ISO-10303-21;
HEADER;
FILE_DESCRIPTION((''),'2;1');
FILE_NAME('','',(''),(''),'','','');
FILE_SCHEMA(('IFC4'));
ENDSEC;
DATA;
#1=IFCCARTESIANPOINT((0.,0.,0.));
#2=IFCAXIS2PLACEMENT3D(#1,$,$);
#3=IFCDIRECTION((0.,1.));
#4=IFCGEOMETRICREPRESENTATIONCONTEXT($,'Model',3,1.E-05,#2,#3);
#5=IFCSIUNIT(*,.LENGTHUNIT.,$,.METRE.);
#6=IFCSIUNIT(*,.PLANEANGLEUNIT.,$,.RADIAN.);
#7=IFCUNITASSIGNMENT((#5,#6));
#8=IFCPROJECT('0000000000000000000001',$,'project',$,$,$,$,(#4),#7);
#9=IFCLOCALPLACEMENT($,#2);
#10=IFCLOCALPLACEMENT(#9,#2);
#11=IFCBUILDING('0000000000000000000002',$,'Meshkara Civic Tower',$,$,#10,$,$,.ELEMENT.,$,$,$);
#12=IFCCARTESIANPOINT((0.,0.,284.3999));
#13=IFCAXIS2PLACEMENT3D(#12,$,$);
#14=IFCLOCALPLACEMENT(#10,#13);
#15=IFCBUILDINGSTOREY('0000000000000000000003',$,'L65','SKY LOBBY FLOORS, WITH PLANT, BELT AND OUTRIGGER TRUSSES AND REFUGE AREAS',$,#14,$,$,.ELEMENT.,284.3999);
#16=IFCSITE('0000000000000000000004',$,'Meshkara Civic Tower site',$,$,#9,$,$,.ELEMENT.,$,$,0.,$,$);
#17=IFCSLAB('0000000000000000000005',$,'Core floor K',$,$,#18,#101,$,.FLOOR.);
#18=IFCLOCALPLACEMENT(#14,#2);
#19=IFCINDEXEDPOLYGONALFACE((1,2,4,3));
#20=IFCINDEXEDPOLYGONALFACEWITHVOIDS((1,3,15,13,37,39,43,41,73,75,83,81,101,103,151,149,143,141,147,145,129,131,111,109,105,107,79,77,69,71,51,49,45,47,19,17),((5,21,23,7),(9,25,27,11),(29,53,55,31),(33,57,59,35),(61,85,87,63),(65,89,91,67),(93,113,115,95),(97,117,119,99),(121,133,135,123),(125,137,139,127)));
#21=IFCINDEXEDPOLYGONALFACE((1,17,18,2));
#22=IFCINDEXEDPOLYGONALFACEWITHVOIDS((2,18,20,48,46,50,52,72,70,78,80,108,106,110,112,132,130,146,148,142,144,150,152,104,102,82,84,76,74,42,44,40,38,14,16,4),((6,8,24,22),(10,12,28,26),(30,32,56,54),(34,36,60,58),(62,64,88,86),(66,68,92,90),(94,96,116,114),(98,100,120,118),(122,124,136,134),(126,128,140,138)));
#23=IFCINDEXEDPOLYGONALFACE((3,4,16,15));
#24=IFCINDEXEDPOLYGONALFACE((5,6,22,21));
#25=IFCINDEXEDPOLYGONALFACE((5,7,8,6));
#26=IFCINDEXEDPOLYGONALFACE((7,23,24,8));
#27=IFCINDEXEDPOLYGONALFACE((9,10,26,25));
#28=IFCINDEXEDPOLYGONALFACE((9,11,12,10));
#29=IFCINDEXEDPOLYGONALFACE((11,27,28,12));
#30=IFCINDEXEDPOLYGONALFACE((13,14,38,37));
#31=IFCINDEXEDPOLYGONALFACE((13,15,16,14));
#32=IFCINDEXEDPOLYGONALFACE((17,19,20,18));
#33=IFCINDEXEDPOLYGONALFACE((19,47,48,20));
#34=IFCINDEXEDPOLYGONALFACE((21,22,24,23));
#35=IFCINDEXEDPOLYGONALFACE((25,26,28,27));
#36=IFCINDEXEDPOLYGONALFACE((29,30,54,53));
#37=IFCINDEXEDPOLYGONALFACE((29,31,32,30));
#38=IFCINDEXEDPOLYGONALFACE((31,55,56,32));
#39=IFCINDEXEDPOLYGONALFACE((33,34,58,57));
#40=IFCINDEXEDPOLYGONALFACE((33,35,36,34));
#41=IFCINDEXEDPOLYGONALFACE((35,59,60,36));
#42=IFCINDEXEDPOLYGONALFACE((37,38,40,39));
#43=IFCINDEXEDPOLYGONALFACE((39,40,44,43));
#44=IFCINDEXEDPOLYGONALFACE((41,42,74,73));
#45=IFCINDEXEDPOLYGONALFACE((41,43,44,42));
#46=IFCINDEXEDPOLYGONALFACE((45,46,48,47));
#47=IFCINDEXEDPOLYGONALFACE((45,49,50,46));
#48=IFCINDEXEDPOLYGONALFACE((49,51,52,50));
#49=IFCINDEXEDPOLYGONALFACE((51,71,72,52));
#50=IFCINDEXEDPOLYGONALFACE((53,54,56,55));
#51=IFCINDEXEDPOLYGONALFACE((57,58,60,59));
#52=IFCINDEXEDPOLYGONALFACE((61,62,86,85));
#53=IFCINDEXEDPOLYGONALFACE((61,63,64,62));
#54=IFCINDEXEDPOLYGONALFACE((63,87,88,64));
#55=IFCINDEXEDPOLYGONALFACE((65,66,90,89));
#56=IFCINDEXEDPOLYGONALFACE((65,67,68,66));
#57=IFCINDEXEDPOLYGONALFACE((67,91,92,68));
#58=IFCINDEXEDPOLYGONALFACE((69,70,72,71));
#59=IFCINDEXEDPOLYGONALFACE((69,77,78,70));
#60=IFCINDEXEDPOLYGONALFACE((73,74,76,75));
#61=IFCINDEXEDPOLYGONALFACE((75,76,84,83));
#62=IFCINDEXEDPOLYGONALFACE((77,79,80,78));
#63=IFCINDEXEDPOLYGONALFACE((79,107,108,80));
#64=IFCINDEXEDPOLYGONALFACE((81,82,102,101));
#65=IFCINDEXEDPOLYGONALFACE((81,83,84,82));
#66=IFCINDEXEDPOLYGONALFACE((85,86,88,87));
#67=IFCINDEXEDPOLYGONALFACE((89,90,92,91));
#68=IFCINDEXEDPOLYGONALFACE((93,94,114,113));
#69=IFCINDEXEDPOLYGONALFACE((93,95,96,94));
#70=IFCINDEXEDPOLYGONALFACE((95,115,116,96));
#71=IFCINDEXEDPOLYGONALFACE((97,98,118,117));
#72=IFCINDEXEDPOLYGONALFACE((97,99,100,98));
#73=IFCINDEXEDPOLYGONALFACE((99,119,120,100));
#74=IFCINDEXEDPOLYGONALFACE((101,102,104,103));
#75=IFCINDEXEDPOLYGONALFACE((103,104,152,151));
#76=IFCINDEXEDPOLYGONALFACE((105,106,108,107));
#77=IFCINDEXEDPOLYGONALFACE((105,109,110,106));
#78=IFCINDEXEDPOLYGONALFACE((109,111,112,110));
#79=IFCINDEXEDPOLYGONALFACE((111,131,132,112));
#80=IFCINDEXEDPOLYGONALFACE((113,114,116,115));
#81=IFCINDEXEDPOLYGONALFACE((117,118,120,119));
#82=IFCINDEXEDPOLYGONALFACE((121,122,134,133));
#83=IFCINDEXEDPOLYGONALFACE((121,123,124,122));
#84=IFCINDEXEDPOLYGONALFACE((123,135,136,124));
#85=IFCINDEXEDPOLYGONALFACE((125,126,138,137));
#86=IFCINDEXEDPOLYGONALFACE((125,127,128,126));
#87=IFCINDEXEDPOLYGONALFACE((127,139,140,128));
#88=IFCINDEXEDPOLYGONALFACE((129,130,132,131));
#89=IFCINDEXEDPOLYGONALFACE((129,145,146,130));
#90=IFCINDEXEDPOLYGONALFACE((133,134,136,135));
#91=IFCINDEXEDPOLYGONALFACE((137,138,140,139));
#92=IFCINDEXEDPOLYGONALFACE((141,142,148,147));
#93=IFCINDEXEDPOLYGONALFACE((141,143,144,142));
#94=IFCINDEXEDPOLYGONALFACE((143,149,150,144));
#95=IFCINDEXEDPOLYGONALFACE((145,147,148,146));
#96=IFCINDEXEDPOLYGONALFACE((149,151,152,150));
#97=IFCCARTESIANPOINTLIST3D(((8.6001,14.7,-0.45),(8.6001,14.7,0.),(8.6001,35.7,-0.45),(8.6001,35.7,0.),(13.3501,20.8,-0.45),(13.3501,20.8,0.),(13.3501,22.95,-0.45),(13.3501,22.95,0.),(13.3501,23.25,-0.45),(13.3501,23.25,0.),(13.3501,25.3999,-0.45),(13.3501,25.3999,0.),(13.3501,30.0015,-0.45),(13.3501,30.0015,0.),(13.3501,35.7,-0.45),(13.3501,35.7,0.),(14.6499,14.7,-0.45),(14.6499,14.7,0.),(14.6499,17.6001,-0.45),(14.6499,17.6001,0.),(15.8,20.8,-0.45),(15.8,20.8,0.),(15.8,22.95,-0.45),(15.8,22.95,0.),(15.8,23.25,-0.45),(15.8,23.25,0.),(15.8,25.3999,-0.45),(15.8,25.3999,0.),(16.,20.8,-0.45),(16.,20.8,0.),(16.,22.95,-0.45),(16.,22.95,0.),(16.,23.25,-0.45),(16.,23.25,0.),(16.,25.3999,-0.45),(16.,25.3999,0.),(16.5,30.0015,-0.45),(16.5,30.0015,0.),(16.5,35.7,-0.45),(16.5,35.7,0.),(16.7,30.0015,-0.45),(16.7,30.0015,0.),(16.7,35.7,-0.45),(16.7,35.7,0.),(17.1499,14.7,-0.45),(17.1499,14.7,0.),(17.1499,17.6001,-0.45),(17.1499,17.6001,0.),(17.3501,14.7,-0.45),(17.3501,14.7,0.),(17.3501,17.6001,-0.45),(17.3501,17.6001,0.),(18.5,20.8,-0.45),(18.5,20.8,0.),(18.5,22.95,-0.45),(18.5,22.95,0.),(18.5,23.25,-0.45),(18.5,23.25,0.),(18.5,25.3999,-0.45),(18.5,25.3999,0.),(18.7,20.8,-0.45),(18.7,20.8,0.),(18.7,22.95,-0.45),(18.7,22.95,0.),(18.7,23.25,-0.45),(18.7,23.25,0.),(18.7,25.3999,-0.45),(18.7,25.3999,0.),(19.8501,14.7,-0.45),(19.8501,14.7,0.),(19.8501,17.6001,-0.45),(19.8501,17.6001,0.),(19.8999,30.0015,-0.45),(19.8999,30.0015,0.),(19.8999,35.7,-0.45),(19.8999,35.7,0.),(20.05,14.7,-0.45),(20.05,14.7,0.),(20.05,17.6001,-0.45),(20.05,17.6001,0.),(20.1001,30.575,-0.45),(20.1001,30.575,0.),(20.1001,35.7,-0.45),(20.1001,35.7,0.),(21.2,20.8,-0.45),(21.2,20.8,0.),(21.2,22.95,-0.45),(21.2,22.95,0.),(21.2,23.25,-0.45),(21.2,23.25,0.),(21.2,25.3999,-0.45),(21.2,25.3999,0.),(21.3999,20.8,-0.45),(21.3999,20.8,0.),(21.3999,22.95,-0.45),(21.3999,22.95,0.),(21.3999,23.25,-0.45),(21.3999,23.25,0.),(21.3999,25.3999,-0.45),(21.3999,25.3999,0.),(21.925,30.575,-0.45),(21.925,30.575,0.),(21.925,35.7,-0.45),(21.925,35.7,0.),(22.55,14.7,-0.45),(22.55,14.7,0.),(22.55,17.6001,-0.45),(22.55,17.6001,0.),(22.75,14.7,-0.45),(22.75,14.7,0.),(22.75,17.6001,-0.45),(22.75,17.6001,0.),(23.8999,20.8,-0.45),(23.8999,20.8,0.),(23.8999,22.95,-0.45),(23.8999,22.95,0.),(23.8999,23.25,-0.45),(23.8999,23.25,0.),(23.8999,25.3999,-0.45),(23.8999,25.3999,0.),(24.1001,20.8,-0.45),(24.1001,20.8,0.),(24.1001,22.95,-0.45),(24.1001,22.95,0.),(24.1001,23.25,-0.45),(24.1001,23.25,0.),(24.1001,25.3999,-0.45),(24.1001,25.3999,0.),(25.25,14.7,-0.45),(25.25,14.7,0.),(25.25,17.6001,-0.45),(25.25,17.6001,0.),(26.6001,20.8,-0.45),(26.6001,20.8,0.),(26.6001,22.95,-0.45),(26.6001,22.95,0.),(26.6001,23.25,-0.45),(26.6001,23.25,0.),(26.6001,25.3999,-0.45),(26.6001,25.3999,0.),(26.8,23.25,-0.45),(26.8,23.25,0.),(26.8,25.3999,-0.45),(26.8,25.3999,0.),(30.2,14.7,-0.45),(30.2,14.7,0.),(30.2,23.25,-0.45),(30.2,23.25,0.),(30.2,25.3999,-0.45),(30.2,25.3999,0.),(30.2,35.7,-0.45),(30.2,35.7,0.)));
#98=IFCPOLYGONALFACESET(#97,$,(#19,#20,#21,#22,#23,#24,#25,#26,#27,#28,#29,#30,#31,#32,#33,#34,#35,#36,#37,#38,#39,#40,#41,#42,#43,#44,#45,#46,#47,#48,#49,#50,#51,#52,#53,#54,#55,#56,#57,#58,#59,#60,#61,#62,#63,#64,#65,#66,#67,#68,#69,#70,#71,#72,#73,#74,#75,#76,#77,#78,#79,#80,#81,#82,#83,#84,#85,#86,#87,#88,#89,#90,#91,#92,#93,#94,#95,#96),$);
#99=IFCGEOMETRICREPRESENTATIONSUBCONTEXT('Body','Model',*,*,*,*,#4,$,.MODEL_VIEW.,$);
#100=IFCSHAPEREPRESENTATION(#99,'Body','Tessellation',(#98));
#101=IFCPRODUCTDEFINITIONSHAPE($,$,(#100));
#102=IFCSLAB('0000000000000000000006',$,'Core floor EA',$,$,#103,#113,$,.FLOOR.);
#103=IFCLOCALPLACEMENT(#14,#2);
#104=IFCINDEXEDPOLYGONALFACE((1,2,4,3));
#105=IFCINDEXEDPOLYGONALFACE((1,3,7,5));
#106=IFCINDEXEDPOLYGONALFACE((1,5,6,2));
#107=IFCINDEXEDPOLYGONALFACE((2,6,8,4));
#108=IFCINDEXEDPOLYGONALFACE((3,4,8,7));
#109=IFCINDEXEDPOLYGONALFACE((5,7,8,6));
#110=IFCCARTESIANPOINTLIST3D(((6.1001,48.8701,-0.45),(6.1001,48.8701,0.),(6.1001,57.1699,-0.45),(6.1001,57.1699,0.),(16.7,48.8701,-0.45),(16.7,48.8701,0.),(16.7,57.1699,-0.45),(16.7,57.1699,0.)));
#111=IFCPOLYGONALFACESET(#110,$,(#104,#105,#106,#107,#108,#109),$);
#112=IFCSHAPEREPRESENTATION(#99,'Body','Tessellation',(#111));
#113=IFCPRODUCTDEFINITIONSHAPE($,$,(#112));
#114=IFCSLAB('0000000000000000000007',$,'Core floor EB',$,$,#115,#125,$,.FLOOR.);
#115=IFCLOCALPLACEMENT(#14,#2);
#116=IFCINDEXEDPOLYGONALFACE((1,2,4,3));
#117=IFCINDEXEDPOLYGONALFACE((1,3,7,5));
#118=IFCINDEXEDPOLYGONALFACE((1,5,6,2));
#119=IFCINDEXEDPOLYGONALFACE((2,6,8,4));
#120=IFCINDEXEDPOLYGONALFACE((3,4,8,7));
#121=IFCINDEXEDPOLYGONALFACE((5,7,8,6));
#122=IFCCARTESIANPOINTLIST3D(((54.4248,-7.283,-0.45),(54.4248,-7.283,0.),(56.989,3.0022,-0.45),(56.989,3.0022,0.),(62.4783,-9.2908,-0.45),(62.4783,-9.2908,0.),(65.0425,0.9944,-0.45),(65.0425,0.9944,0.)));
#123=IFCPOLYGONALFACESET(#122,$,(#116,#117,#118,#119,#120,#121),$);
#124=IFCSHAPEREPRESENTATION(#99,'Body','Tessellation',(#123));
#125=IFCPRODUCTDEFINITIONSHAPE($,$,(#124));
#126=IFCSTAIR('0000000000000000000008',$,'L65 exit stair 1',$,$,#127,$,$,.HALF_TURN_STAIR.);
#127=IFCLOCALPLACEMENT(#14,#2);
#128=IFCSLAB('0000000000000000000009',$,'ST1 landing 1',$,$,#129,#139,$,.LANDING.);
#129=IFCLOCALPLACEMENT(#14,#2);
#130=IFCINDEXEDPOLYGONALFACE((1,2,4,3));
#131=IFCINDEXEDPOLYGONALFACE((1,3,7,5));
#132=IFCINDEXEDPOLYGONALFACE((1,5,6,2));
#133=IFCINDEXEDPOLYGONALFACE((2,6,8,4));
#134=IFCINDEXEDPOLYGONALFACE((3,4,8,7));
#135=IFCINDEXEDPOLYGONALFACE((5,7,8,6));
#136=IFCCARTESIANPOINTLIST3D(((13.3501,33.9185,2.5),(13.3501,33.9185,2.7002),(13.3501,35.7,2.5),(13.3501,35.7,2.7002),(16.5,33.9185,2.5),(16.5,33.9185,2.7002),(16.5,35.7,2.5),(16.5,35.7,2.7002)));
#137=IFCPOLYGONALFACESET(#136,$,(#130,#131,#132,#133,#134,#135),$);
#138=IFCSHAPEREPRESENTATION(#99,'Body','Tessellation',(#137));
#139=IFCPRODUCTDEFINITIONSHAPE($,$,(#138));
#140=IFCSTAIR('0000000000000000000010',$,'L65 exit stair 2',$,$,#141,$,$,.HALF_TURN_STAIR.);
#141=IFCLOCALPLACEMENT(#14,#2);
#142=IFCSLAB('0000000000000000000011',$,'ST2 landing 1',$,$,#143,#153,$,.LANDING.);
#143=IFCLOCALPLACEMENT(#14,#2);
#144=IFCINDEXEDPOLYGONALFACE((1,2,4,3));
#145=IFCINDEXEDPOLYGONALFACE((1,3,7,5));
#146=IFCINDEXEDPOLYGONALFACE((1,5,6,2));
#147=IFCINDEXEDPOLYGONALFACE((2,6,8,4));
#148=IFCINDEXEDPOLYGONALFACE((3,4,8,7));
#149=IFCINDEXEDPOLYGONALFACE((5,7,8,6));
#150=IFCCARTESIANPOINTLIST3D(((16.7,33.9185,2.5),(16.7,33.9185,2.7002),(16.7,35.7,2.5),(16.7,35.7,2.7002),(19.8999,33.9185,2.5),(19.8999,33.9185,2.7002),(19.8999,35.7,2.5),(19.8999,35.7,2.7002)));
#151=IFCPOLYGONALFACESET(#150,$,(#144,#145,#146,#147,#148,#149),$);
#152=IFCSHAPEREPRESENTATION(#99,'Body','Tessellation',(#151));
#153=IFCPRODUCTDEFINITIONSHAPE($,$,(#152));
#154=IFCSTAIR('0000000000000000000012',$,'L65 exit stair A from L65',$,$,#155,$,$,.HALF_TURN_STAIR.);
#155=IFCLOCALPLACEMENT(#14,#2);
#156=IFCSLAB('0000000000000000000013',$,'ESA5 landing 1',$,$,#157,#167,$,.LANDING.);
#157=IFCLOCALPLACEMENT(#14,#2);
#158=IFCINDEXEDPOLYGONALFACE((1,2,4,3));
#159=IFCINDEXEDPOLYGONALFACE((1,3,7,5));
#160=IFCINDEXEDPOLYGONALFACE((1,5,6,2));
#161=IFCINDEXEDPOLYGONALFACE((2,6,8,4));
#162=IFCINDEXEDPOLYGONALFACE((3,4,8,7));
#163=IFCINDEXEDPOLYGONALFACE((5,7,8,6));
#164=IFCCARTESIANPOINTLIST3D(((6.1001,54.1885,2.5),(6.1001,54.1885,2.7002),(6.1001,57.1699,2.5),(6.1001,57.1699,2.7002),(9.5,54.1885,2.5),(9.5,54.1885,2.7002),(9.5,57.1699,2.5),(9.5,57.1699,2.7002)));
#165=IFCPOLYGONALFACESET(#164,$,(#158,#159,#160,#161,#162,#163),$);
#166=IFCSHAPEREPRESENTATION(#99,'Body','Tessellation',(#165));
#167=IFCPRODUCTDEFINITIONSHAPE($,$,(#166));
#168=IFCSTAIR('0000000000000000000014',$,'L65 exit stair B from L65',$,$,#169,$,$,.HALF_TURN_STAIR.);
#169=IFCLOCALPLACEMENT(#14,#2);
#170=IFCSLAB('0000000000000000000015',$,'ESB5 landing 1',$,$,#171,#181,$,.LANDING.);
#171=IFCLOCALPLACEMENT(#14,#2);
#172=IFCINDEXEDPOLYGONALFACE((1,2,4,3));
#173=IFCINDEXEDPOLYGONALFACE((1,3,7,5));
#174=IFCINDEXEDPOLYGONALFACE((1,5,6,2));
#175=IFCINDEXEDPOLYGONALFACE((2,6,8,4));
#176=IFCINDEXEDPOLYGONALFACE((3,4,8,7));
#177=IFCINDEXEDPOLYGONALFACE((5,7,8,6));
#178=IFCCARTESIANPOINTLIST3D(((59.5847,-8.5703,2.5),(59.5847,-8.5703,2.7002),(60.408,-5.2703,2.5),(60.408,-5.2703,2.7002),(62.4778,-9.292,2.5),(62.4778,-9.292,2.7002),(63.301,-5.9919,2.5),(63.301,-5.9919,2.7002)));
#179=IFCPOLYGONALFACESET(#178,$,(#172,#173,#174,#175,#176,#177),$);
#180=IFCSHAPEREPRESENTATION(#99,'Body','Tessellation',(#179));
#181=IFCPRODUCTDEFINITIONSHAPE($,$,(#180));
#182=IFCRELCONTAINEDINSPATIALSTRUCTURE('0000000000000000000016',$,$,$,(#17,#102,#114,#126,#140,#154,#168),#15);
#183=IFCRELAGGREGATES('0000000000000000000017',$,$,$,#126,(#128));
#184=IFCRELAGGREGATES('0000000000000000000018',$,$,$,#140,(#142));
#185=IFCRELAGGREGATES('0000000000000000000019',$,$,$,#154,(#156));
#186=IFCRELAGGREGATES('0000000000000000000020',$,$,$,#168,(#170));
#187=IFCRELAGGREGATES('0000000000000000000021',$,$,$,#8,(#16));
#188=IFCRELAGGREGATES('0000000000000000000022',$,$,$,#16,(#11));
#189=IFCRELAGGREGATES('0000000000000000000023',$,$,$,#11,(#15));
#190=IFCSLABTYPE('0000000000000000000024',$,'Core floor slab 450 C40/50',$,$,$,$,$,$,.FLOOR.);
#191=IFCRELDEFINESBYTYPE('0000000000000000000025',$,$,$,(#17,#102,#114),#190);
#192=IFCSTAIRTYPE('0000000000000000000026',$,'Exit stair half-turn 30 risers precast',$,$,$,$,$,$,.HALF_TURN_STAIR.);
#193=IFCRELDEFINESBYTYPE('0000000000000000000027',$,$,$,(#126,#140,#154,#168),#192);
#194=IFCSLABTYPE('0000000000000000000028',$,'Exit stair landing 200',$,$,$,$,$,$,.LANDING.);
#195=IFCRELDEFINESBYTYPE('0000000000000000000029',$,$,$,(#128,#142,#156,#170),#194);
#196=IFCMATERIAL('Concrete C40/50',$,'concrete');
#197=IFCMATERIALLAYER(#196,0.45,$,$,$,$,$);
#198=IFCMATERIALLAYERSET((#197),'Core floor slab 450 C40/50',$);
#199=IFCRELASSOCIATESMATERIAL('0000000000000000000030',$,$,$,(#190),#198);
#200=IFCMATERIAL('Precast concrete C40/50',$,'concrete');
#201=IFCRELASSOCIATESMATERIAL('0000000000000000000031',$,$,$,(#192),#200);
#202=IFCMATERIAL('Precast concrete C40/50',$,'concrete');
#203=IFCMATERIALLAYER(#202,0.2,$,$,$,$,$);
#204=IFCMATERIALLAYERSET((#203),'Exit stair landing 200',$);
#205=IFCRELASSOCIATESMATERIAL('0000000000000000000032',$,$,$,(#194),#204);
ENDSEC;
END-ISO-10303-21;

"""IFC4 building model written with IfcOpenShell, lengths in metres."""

from ifc_helpers import new_model, si_unit, direction, frame, origin, place, context, subcontext, project, spatial, polyline, outline, extrude, material, layer, layer_set, type_object, element, aggregate, save


model = new_model("IFC4")

# Units and contexts
model_context = context("Model", 3, precision=1e-05, world=origin(), true_north=direction((0.0, 1.0)))
body_context = subcontext(model_context, "Body", "Model", "MODEL_VIEW")
ifc_project = project(units=[si_unit("LENGTHUNIT", "METRE"), si_unit("PLANEANGLEUNIT", "RADIAN")], contexts=[model_context])

# Site, building, storey
site_placement = place(None, origin())
site = spatial("IfcSite", under=ifc_project, at=site_placement, Name="Meshkara Civic Tower site", CompositionType="ELEMENT", RefElevation=0.0)
building_placement = place(site_placement, origin())
building = spatial("IfcBuilding", under=site, at=building_placement, Name="Meshkara Civic Tower", CompositionType="ELEMENT")
storey_placement = place(building_placement, frame((0.0, 0.0, 284.3999)))
storey = spatial("IfcBuildingStorey", under=building, at=storey_placement, Name="L65", Description="SKY LOBBY FLOORS, WITH PLANT, BELT AND OUTRIGGER TRUSSES AND REFUGE AREAS", CompositionType="ELEMENT", Elevation=284.3999)

# Slabs
ifc_material_1 = material(Name="Concrete C40/50", Category="concrete")
ifc_layer_1 = layer(ifc_material_1, 0.45)
ifc_layer_set_1 = layer_set([ifc_layer_1], Name="Core floor slab 450 C40/50")
slab_type_1 = type_object("IfcSlabType", Name="Core floor slab 450 C40/50", PredefinedType="FLOOR", material=ifc_layer_set_1)
slab_1_placement = place(storey_placement, frame((0.0, 0.0, -0.45)))
element("IfcSlab", 1, at=slab_1_placement, inside=storey, type_object=slab_type_1, Name="Core floor K", PredefinedType="FLOOR", context=body_context, shape_type="SweptSolid", body=[
    extrude(outline(polyline([(8.6001, 35.7), (13.3501, 35.7), (13.3501, 30.0015), (16.5, 30.0015), (16.5, 35.7), (16.7, 35.7), (16.7, 30.0015), (19.8999, 30.0015), (19.8999, 35.7), (20.1001, 35.7), (20.1001, 30.575), (21.925, 30.575), (21.925, 35.7), (30.2, 35.7), (30.2, 25.3999), (26.8, 25.3999), (26.8, 23.25), (30.2, 23.25), (30.2, 14.7), (25.25, 14.7), (25.25, 17.6001), (22.75, 17.6001), (22.75, 14.7), (22.55, 14.7), (22.55, 17.6001), (20.05, 17.6001), (20.05, 14.7), (19.8501, 14.7), (19.8501, 17.6001), (17.3501, 17.6001), (17.3501, 14.7), (17.1499, 14.7), (17.1499, 17.6001), (14.6499, 17.6001), (14.6499, 14.7), (8.6001, 14.7), (8.6001, 35.7)]), holes=[polyline([(15.8, 20.8), (15.8, 22.95), (13.3501, 22.95), (13.3501, 20.8), (15.8, 20.8)]), polyline([(16.0, 22.95), (16.0, 20.8), (18.5, 20.8), (18.5, 22.95), (16.0, 22.95)]), polyline([(18.7, 22.95), (18.7, 20.8), (21.2, 20.8), (21.2, 22.95), (18.7, 22.95)]), polyline([(15.8, 23.25), (15.8, 25.3999), (13.3501, 25.3999), (13.3501, 23.25), (15.8, 23.25)]), polyline([(16.0, 25.3999), (16.0, 23.25), (18.5, 23.25), (18.5, 25.3999), (16.0, 25.3999)]), polyline([(21.3999, 20.8), (23.8999, 20.8), (23.8999, 22.95), (21.3999, 22.95), (21.3999, 20.8)]), polyline([(24.1001, 20.8), (26.6001, 20.8), (26.6001, 22.95), (24.1001, 22.95), (24.1001, 20.8)]), polyline([(18.7, 25.3999), (18.7, 23.25), (21.2, 23.25), (21.2, 25.3999), (18.7, 25.3999)]), polyline([(21.3999, 23.25), (23.8999, 23.25), (23.8999, 25.3999), (21.3999, 25.3999), (21.3999, 23.25)]), polyline([(26.6001, 23.25), (26.6001, 25.3999), (24.1001, 25.3999), (24.1001, 23.25), (26.6001, 23.25)])]), origin(), (0.0, 0.0, 1.0), 0.45),
])
slab_2_placement = place(storey_placement, frame((0.0, 0.0, -0.45)))
element("IfcSlab", 2, at=slab_2_placement, inside=storey, type_object=slab_type_1, Name="Core floor EA", PredefinedType="FLOOR", context=body_context, shape_type="SweptSolid", body=[
    extrude(outline(polyline([(6.1001, 48.8701), (16.7, 48.8701), (16.7, 57.1699), (6.1001, 57.1699), (6.1001, 48.8701)])), origin(), (0.0, 0.0, 1.0), 0.45),
])
slab_3_placement = place(storey_placement, frame((0.0, 0.0, -0.45)))
element("IfcSlab", 3, at=slab_3_placement, inside=storey, type_object=slab_type_1, Name="Core floor EB", PredefinedType="FLOOR", context=body_context, shape_type="SweptSolid", body=[
    extrude(outline(polyline([(54.4248, -7.283), (56.989, 3.0022), (65.0425, 0.9944), (62.4783, -9.2908), (54.4248, -7.283)])), origin(), (0.0, 0.0, 1.0), 0.45),
])

# Stairs, slabs
ifc_material_2 = material(Name="Precast concrete C40/50", Category="concrete")
stair_type = type_object("IfcStairType", Name="Exit stair half-turn 30 risers precast", PredefinedType="HALF_TURN_STAIR", material=ifc_material_2)
stair_1_placement = place(storey_placement, origin())
stair_1 = element("IfcStair", 4, at=stair_1_placement, inside=storey, type_object=stair_type, Name="L65 exit stair 1", PredefinedType="HALF_TURN_STAIR")
ifc_material_3 = material(Name="Precast concrete C40/50", Category="concrete")
ifc_layer_2 = layer(ifc_material_3, 0.2)
ifc_layer_set_2 = layer_set([ifc_layer_2], Name="Exit stair landing 200")
slab_type_2 = type_object("IfcSlabType", Name="Exit stair landing 200", PredefinedType="LANDING", material=ifc_layer_set_2)
slab_4_placement = place(storey_placement, frame((0.0, 0.0, 2.5)))
slab_4 = element("IfcSlab", 5, at=slab_4_placement, type_object=slab_type_2, Name="ST1 landing 1", PredefinedType="LANDING", context=body_context, shape_type="SweptSolid", body=[
    extrude(outline(polyline([(16.5, 33.9185), (16.5, 35.7), (13.3501, 35.7), (13.3501, 33.9185), (16.5, 33.9185)])), origin(), (0.0, 0.0, 1.0), 0.2002),
])
aggregate(stair_1, [slab_4])
stair_2_placement = place(storey_placement, origin())
stair_2 = element("IfcStair", 6, at=stair_2_placement, inside=storey, type_object=stair_type, Name="L65 exit stair 2", PredefinedType="HALF_TURN_STAIR")
slab_5_placement = place(storey_placement, frame((0.0, 0.0, 2.5)))
slab_5 = element("IfcSlab", 7, at=slab_5_placement, type_object=slab_type_2, Name="ST2 landing 1", PredefinedType="LANDING", context=body_context, shape_type="SweptSolid", body=[
    extrude(outline(polyline([(19.8999, 33.9185), (19.8999, 35.7), (16.7, 35.7), (16.7, 33.9185), (19.8999, 33.9185)])), origin(), (0.0, 0.0, 1.0), 0.2002),
])
aggregate(stair_2, [slab_5])
stair_3_placement = place(storey_placement, origin())
stair_3 = element("IfcStair", 8, at=stair_3_placement, inside=storey, type_object=stair_type, Name="L65 exit stair A from L65", PredefinedType="HALF_TURN_STAIR")
slab_6_placement = place(storey_placement, frame((0.0, 0.0, 2.5)))
slab_6 = element("IfcSlab", 9, at=slab_6_placement, type_object=slab_type_2, Name="ESA5 landing 1", PredefinedType="LANDING", context=body_context, shape_type="SweptSolid", body=[
    extrude(outline(polyline([(9.5, 54.1885), (9.5, 57.1699), (6.1001, 57.1699), (6.1001, 54.1885), (9.5, 54.1885)])), origin(), (0.0, 0.0, 1.0), 0.2002),
])
aggregate(stair_3, [slab_6])
stair_4_placement = place(storey_placement, origin())
stair_4 = element("IfcStair", 10, at=stair_4_placement, inside=storey, type_object=stair_type, Name="L65 exit stair B from L65", PredefinedType="HALF_TURN_STAIR")
slab_7_placement = place(storey_placement, frame((0.0, 0.0, 2.5)))
slab_7 = element("IfcSlab", 11, at=slab_7_placement, type_object=slab_type_2, Name="ESB5 landing 1", PredefinedType="LANDING", context=body_context, shape_type="SweptSolid", body=[
    extrude(outline(polyline([(59.5847, -8.5703), (62.4778, -9.292), (63.301, -5.9919), (60.408, -5.2703), (59.5847, -8.5703)])), origin(), (0.0, 0.0, 1.0), 0.2002),
])
aggregate(stair_4, [slab_7])

save(model, "model.ifc")
